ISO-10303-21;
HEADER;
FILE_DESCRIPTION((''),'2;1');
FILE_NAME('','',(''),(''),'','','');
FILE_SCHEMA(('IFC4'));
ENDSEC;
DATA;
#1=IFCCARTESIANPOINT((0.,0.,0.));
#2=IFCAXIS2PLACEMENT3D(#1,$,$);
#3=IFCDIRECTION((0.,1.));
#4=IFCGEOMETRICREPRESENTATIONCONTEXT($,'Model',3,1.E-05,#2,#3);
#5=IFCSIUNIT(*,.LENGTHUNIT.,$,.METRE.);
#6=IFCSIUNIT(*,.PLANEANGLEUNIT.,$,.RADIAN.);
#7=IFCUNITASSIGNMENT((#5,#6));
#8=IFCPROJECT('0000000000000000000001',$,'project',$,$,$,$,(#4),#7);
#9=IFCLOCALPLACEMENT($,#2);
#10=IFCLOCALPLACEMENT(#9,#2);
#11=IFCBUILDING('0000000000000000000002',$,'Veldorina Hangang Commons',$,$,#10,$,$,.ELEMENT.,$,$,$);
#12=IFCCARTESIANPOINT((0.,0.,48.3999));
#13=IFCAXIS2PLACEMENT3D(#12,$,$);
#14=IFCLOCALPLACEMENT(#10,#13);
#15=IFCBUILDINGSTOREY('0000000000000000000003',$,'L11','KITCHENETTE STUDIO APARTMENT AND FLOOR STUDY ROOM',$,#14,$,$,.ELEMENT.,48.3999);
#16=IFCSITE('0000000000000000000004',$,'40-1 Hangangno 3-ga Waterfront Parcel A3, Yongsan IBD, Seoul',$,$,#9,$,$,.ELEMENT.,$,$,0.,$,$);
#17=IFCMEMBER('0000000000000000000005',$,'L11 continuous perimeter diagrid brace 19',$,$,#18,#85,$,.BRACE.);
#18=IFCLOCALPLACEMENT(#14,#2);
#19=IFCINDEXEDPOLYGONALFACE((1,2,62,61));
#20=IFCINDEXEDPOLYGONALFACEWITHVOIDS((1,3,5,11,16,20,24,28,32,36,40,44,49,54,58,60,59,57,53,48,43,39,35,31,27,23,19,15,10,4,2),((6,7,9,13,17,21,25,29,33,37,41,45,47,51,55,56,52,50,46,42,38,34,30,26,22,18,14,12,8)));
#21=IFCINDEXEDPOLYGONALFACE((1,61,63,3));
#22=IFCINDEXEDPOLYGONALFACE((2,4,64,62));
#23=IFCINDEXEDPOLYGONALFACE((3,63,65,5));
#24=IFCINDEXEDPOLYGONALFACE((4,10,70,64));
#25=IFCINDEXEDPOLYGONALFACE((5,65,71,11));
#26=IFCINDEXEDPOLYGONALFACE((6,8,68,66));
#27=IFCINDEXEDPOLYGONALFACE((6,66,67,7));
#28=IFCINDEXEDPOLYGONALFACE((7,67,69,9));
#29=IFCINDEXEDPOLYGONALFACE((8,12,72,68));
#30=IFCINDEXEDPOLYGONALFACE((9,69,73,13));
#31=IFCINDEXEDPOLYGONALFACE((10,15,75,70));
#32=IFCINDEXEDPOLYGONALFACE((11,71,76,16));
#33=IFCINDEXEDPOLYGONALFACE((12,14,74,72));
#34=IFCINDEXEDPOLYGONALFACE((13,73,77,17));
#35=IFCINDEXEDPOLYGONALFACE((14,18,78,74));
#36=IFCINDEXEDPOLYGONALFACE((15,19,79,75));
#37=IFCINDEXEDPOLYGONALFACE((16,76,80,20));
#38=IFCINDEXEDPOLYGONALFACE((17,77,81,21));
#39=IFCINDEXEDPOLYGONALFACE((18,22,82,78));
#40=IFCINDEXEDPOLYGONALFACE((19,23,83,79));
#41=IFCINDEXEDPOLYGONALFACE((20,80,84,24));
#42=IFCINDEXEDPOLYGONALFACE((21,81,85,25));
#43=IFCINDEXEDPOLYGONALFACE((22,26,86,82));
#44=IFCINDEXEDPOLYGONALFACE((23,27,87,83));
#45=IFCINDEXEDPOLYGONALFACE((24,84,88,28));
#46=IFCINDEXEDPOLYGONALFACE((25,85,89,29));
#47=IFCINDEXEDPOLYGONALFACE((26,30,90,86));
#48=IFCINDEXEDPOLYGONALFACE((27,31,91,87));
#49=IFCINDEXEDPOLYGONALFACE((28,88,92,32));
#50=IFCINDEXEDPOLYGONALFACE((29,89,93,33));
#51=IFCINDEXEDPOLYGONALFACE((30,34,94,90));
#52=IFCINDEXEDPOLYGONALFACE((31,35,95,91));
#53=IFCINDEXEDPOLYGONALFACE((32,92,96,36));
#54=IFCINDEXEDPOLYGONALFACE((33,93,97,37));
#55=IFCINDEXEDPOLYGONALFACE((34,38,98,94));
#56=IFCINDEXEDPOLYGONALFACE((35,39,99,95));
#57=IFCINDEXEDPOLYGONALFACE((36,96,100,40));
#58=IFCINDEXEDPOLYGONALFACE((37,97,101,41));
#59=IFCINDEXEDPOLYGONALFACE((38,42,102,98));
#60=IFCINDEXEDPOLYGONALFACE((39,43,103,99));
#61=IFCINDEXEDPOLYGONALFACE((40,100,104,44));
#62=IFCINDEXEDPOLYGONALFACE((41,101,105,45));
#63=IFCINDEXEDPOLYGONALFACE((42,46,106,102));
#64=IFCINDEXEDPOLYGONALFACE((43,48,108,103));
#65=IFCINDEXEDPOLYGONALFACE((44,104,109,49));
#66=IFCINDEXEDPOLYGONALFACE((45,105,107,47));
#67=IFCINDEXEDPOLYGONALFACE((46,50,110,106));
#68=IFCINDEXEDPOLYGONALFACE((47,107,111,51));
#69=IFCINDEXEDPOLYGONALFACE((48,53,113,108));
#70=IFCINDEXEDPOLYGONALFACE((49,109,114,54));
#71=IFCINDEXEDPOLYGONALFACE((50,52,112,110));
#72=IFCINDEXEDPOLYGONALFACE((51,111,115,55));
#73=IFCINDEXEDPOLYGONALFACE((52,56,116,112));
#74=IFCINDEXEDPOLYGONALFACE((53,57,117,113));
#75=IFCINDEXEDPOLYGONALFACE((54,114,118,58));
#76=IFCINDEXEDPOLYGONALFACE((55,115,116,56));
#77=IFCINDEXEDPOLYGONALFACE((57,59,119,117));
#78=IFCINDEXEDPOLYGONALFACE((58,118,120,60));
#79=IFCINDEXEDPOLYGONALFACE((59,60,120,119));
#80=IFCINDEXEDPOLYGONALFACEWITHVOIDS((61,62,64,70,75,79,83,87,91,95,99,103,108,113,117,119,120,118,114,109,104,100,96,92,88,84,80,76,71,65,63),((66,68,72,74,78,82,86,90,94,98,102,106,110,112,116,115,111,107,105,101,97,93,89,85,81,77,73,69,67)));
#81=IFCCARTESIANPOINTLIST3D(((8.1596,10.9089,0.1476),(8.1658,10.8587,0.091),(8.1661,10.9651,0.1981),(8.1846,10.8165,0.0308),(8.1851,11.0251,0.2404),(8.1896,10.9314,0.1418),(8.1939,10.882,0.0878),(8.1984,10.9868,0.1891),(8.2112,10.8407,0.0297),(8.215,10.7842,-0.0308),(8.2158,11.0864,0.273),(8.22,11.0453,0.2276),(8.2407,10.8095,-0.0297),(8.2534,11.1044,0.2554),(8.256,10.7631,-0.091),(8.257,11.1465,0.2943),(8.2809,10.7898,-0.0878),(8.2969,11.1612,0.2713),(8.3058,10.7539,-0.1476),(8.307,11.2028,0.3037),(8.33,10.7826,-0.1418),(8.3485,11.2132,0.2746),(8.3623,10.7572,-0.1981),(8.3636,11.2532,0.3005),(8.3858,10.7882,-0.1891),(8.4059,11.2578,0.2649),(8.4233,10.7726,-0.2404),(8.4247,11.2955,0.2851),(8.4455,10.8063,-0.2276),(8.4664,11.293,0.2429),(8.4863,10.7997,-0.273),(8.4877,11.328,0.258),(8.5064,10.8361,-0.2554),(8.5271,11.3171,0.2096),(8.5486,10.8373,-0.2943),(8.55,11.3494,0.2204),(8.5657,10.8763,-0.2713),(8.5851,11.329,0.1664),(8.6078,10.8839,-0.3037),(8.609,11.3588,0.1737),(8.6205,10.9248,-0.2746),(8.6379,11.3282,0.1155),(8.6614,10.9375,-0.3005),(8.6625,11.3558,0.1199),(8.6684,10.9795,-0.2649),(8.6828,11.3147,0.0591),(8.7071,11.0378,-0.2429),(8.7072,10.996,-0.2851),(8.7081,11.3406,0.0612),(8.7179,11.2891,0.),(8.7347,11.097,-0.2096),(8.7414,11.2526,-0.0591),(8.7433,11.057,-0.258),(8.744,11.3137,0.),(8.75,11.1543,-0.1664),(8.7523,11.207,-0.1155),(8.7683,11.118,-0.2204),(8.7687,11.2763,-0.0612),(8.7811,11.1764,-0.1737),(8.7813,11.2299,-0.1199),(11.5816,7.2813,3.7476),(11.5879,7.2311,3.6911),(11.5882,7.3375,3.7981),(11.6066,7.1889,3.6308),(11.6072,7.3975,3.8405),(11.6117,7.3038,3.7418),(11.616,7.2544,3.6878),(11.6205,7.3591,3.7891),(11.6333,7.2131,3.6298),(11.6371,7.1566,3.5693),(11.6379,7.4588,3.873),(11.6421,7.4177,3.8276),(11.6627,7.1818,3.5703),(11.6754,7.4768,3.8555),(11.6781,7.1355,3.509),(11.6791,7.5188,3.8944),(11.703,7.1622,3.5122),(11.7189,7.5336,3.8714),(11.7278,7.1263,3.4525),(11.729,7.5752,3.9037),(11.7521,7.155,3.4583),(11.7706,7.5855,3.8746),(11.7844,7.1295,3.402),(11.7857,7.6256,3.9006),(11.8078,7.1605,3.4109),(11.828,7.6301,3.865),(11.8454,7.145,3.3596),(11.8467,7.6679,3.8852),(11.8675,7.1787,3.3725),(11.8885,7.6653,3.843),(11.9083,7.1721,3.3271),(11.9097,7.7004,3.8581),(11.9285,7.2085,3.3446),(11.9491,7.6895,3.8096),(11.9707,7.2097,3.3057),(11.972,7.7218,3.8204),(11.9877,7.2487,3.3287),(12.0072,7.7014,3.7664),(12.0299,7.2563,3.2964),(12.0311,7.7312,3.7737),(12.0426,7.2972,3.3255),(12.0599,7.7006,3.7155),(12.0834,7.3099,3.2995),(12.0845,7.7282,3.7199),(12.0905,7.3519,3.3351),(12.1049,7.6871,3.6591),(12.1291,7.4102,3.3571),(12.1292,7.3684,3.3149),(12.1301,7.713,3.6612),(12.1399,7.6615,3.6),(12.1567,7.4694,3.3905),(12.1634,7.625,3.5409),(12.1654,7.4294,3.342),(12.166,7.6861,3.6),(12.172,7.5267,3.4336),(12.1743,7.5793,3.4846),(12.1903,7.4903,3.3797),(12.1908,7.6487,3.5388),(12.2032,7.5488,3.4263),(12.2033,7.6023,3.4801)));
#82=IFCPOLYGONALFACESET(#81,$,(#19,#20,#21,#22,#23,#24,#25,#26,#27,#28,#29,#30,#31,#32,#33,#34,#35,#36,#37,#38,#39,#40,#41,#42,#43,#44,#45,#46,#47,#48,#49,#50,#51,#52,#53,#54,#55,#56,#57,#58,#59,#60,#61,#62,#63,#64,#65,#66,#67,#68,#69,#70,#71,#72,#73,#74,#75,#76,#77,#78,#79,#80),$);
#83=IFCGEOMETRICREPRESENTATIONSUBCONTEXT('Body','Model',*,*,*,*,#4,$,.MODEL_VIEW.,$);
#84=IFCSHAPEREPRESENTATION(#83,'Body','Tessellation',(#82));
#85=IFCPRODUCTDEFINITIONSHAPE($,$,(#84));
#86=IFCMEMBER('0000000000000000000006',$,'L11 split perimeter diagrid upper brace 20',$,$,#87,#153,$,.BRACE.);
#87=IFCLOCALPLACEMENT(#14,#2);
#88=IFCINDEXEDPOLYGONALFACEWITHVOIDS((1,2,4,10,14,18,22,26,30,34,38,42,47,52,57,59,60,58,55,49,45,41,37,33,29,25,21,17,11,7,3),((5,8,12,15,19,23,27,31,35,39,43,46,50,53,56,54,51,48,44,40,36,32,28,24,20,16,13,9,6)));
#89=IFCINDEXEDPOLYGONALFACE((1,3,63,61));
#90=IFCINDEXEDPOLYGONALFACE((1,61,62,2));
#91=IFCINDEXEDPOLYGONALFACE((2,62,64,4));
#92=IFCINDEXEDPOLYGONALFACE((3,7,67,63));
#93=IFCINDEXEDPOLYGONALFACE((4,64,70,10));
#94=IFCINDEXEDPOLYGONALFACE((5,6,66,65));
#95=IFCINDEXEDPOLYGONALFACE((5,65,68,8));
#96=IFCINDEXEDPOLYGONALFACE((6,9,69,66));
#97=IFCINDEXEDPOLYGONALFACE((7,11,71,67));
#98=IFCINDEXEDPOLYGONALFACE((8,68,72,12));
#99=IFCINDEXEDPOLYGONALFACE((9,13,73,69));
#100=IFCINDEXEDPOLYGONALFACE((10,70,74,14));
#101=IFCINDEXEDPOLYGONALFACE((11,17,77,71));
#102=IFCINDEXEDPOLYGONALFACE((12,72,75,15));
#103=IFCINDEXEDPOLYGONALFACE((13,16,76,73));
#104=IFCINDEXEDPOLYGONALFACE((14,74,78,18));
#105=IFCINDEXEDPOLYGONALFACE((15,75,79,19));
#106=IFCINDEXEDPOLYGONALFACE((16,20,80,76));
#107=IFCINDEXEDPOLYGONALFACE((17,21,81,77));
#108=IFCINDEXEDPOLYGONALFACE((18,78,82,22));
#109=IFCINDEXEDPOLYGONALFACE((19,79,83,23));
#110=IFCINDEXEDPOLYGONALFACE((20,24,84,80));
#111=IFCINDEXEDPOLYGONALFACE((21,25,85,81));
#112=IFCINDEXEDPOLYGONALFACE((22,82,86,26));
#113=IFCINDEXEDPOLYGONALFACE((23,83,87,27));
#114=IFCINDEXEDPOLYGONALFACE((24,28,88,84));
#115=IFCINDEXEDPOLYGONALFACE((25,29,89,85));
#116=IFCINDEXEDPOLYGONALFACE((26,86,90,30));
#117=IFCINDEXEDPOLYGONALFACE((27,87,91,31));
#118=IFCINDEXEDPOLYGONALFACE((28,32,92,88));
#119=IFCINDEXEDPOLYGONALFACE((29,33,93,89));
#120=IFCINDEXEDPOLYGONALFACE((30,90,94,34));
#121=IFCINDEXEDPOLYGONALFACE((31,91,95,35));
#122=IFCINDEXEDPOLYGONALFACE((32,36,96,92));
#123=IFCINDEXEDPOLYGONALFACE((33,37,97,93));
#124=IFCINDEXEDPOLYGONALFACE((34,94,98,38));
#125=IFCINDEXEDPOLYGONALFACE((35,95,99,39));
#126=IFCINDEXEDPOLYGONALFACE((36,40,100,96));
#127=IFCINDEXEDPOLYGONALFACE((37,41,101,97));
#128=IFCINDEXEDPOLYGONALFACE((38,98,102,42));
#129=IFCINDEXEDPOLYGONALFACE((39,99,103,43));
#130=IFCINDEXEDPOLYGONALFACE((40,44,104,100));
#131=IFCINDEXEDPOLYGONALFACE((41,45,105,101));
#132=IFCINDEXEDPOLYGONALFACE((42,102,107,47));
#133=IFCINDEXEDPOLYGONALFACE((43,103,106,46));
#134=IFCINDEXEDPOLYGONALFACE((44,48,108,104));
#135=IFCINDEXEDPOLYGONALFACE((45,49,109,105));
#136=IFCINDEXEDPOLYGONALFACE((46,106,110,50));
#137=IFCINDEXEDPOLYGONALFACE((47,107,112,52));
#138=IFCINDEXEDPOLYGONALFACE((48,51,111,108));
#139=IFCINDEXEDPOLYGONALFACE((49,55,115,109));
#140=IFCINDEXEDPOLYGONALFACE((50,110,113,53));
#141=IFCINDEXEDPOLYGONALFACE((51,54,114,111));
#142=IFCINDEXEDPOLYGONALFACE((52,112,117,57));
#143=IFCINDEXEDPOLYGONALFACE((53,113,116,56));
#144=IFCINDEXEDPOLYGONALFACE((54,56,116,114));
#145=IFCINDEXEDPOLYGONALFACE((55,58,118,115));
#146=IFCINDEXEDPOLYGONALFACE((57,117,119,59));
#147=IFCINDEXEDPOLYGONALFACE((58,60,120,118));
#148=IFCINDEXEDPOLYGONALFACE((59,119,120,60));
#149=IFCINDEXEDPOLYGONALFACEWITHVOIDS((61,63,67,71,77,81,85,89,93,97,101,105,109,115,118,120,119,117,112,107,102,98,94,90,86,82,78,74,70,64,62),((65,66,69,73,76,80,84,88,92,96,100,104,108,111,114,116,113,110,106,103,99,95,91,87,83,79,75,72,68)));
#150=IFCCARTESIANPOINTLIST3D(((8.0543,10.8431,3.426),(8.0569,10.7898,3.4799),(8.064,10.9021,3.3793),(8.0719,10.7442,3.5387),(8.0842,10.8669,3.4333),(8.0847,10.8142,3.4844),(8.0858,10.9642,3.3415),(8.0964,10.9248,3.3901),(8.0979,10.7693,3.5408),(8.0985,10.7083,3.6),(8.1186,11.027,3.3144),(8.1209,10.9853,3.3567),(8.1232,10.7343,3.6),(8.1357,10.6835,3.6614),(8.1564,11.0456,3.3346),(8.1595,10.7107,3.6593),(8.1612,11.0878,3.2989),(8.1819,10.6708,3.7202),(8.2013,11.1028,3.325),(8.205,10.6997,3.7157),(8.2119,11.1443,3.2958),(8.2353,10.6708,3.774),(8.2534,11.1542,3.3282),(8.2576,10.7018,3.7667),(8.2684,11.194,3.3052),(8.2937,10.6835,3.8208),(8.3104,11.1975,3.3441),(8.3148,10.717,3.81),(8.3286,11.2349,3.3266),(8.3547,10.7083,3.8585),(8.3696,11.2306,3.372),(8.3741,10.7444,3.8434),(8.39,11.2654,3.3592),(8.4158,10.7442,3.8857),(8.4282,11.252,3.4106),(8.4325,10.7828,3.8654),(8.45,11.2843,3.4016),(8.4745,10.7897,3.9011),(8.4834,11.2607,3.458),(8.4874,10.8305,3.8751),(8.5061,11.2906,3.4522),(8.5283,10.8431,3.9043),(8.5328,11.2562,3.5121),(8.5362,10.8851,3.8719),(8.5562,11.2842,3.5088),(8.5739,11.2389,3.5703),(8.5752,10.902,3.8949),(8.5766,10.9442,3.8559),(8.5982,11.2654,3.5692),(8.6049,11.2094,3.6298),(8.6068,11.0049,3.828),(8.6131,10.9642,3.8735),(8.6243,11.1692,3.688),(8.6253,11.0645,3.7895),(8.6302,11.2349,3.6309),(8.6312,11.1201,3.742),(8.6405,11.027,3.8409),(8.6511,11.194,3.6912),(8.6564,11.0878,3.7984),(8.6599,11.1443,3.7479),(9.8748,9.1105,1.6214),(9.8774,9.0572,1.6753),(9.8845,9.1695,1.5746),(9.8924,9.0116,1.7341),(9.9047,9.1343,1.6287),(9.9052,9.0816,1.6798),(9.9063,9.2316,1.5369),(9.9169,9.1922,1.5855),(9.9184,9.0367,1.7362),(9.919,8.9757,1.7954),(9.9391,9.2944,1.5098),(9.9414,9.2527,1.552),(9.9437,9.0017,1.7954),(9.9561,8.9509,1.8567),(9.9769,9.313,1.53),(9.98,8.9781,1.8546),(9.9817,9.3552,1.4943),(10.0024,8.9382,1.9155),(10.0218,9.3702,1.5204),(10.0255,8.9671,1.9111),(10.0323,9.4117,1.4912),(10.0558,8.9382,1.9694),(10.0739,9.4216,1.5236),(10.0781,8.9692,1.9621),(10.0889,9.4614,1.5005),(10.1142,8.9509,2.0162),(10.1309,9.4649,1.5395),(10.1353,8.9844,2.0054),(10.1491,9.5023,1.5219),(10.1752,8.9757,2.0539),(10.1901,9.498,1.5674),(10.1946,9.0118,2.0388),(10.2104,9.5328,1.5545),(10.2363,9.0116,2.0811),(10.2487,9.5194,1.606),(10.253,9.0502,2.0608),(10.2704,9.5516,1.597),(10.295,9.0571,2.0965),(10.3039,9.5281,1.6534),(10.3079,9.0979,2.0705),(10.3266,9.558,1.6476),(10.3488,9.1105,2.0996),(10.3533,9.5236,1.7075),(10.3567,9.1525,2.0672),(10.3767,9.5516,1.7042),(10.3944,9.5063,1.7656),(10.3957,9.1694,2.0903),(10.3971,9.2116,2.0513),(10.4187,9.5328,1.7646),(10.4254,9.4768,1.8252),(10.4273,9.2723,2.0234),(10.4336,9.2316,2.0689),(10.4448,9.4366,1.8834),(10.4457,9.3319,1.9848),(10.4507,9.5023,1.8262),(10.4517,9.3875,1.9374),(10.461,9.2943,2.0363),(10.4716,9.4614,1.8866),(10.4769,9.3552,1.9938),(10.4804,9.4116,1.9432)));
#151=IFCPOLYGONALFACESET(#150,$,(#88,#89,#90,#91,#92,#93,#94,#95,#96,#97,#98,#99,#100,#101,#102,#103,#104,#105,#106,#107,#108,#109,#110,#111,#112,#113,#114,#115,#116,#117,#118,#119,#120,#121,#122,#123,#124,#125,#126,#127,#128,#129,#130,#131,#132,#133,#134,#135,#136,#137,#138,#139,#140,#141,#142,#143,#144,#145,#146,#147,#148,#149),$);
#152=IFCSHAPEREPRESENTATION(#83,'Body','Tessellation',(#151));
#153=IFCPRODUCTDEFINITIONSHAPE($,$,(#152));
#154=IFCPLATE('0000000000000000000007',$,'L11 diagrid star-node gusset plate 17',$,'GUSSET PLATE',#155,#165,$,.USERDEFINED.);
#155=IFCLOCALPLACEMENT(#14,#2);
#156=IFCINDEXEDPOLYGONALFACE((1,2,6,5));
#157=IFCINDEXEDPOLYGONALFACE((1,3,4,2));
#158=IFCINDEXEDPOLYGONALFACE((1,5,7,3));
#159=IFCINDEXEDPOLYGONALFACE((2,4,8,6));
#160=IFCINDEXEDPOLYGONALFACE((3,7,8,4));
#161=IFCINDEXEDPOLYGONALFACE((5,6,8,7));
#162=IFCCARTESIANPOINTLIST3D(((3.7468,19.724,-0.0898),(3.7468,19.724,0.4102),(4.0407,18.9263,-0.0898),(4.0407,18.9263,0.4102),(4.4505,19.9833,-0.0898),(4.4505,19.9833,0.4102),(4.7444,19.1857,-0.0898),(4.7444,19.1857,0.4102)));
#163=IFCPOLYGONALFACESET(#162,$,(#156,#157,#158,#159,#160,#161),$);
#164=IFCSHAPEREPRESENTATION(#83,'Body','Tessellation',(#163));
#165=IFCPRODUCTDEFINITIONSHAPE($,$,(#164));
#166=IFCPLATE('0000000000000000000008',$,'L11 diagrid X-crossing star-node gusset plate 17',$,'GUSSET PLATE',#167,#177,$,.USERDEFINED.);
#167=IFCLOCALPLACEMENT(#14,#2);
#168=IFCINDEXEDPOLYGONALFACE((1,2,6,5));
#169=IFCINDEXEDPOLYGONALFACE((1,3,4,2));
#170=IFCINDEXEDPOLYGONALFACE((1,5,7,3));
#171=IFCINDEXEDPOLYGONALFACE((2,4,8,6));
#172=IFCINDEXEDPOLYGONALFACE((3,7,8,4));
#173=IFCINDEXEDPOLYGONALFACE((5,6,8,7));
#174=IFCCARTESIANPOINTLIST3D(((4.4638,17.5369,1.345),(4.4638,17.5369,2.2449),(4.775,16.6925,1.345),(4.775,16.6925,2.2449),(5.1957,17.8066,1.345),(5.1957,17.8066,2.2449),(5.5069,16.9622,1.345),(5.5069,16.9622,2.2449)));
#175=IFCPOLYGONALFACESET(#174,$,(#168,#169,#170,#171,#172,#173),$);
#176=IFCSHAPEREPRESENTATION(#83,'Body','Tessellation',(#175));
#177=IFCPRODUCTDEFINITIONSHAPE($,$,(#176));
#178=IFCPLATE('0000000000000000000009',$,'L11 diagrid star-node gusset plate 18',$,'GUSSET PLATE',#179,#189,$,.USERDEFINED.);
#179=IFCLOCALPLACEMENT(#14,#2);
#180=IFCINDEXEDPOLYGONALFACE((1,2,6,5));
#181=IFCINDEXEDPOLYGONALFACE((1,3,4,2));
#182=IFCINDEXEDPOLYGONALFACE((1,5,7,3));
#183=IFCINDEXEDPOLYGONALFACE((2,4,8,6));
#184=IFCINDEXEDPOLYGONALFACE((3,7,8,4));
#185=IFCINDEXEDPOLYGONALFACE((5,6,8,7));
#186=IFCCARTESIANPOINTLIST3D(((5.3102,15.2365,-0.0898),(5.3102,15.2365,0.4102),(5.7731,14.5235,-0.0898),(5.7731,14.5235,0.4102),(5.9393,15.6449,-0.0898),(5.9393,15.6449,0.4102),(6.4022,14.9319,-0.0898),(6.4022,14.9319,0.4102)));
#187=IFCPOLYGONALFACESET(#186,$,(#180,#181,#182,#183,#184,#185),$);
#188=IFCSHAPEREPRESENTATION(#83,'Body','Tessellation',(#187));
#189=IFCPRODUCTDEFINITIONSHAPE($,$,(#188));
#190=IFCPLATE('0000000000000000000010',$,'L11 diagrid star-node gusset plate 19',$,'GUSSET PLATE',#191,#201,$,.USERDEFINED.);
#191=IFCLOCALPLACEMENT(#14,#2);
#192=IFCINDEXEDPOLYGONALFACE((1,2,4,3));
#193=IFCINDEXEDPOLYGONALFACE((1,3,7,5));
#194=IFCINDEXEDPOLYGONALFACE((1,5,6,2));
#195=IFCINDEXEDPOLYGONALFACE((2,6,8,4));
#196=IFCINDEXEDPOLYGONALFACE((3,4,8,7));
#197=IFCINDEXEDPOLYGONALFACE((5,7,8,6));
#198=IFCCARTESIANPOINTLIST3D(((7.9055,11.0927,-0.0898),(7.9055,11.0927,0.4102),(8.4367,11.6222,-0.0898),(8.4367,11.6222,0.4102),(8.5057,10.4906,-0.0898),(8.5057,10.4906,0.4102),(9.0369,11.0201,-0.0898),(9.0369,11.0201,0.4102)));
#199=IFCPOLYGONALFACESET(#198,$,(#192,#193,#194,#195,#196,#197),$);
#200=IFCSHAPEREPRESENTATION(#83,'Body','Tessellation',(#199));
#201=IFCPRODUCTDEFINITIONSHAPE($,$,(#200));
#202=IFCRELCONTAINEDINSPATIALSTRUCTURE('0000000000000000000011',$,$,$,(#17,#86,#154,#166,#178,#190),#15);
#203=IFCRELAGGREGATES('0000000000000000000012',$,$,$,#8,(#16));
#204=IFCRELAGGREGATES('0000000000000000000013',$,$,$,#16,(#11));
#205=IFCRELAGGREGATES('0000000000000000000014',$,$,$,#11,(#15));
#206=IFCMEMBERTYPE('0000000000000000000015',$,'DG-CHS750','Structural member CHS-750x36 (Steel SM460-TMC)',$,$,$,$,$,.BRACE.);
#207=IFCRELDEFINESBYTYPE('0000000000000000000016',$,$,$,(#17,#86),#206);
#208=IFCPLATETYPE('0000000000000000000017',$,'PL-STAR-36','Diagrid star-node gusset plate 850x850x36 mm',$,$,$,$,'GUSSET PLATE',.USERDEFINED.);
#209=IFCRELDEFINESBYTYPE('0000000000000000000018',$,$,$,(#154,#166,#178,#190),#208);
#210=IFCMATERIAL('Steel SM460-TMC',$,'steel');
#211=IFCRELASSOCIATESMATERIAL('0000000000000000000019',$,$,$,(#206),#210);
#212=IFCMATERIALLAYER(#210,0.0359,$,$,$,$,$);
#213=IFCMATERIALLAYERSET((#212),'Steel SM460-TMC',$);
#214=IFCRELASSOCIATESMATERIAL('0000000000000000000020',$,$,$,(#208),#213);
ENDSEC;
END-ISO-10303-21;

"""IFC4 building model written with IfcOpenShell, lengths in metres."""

from ifc_helpers import new_model, si_unit, direction, frame, origin, origin_2d, place, context, subcontext, project, spatial, rectangle, hollow_circle, extrude, material, layer, layer_set, material_profile, profile_set, type_object, element, save


model = new_model("IFC4")

# Units and contexts
model_context = context("Model", 3, precision=1e-05, world=origin(), true_north=direction((0.0, 1.0)))
body_context = subcontext(model_context, "Body", "Model", "MODEL_VIEW")
ifc_project = project(units=[si_unit("LENGTHUNIT", "METRE"), si_unit("PLANEANGLEUNIT", "RADIAN")], contexts=[model_context])

# Site, building, storey
site_placement = place(None, origin())
site = spatial("IfcSite", under=ifc_project, at=site_placement, Name="40-1 Hangangno 3-ga Waterfront Parcel A3, Yongsan IBD, Seoul", CompositionType="ELEMENT", RefElevation=0.0)
building_placement = place(site_placement, origin())
building = spatial("IfcBuilding", under=site, at=building_placement, Name="Veldorina Hangang Commons", CompositionType="ELEMENT")
storey_placement = place(building_placement, frame((0.0, 0.0, 48.3999)))
storey = spatial("IfcBuildingStorey", under=building, at=storey_placement, Name="L11", Description="KITCHENETTE STUDIO APARTMENT AND FLOOR STUDY ROOM", CompositionType="ELEMENT", Elevation=48.3999)

# Shared definitions
ifc_material_1 = material(Name="Steel SM460-TMC", Category="steel")

# Members
ifc_material_profile_1 = material_profile(ifc_material_1, hollow_circle(Radius=0.375, WallThickness=0.0359, at=origin_2d()), Name="CHS-750x36")
ifc_profile_set_1 = profile_set([ifc_material_profile_1], Name="Steel SM460-TMC")
member_type = type_object("IfcMemberType", Name="DG-CHS750", Description="Structural member CHS-750x36 (Steel SM460-TMC)", PredefinedType="BRACE", material=ifc_profile_set_1)
member_1_placement = place(storey_placement, frame((8.4712, 11.0564, 0.0), z_axis=(0.556374, -0.589796, 0.585311), x_axis=(0.727416, 0.686196, 0.0)))
element("IfcMember", 1, at=member_1_placement, inside=storey, type_object=member_type, Name="L11 continuous perimeter diagrid brace 19", PredefinedType="BRACE", context=body_context, shape_type="SweptSolid", body=[
    extrude(hollow_circle(Radius=0.375, WallThickness=0.0359, at=origin_2d()), origin(), (0.0, 0.0, 1.0), 6.1506),
])
member_2_placement = place(storey_placement, frame((10.1775, 9.2473, 1.7954), z_axis=(-0.588396, 0.55999, 0.583267), x_axis=(-0.689405, -0.724376, 0.0)))
element("IfcMember", 2, at=member_2_placement, inside=storey, type_object=member_type, Name="L11 split perimeter diagrid upper brace 20", PredefinedType="BRACE", context=body_context, shape_type="SweptSolid", body=[
    extrude(hollow_circle(Radius=0.375, WallThickness=0.0359, at=origin_2d()), origin(), (0.0, 0.0, 1.0), 3.094),
])

# Plates
ifc_layer_1 = layer(ifc_material_1, 0.0359)
ifc_layer_set_1 = layer_set([ifc_layer_1], Name="Steel SM460-TMC")
plate_type = type_object("IfcPlateType", Name="PL-STAR-36", Description="Diagrid star-node gusset plate 850x850x36 mm", ElementType="GUSSET PLATE", PredefinedType="USERDEFINED", material=ifc_layer_set_1)
plate_1_placement = place(storey_placement, frame((4.2456, 19.4548, -0.0898), z_axis=(0.0, 0.0, 1.0), x_axis=(0.34574, -0.93833, 0.0)))
element("IfcPlate", 3, at=plate_1_placement, inside=storey, type_object=plate_type, Name="L11 diagrid star-node gusset plate 17", ObjectType="GUSSET PLATE", PredefinedType="USERDEFINED", context=body_context, shape_type="SweptSolid", body=[
    extrude(rectangle(XDim=0.8501, YDim=0.75, at=origin_2d()), origin(), (0.0, 0.0, 1.0), 0.5),
])
plate_2_placement = place(storey_placement, frame((4.9854, 17.2495, 1.345), z_axis=(0.0, 0.0, 1.0), x_axis=(0.34574, -0.93833, 0.0)))
element("IfcPlate", 4, at=plate_2_placement, inside=storey, type_object=plate_type, Name="L11 diagrid X-crossing star-node gusset plate 17", ObjectType="GUSSET PLATE", PredefinedType="USERDEFINED", context=body_context, shape_type="SweptSolid", body=[
    extrude(rectangle(XDim=0.8999, YDim=0.78, at=origin_2d()), origin(), (0.0, 0.0, 1.0), 0.8999),
])
for number, where, z_axis, x_axis, name in (
    (5, (5.8562, 15.0842, -0.0898), (0.0, 0.0, 1.0), (0.544537, -0.838737, 0.0), "L11 diagrid star-node gusset plate 18"),
    (6, (8.4712, 11.0564, -0.0898), (0.0, 0.0, 1.0), (0.70597, -0.708241, 0.0), "L11 diagrid star-node gusset plate 19"),
):
    element("IfcPlate", number, at=place(storey_placement, frame(where, z_axis=z_axis, x_axis=x_axis)), inside=storey, type_object=plate_type, Name=name, ObjectType="GUSSET PLATE", PredefinedType="USERDEFINED", context=body_context, shape_type="SweptSolid", body=[
        extrude(rectangle(XDim=0.8501, YDim=0.75, at=origin_2d()), origin(), (0.0, 0.0, 1.0), 0.5),
    ])

save(model, "model.ifc")
